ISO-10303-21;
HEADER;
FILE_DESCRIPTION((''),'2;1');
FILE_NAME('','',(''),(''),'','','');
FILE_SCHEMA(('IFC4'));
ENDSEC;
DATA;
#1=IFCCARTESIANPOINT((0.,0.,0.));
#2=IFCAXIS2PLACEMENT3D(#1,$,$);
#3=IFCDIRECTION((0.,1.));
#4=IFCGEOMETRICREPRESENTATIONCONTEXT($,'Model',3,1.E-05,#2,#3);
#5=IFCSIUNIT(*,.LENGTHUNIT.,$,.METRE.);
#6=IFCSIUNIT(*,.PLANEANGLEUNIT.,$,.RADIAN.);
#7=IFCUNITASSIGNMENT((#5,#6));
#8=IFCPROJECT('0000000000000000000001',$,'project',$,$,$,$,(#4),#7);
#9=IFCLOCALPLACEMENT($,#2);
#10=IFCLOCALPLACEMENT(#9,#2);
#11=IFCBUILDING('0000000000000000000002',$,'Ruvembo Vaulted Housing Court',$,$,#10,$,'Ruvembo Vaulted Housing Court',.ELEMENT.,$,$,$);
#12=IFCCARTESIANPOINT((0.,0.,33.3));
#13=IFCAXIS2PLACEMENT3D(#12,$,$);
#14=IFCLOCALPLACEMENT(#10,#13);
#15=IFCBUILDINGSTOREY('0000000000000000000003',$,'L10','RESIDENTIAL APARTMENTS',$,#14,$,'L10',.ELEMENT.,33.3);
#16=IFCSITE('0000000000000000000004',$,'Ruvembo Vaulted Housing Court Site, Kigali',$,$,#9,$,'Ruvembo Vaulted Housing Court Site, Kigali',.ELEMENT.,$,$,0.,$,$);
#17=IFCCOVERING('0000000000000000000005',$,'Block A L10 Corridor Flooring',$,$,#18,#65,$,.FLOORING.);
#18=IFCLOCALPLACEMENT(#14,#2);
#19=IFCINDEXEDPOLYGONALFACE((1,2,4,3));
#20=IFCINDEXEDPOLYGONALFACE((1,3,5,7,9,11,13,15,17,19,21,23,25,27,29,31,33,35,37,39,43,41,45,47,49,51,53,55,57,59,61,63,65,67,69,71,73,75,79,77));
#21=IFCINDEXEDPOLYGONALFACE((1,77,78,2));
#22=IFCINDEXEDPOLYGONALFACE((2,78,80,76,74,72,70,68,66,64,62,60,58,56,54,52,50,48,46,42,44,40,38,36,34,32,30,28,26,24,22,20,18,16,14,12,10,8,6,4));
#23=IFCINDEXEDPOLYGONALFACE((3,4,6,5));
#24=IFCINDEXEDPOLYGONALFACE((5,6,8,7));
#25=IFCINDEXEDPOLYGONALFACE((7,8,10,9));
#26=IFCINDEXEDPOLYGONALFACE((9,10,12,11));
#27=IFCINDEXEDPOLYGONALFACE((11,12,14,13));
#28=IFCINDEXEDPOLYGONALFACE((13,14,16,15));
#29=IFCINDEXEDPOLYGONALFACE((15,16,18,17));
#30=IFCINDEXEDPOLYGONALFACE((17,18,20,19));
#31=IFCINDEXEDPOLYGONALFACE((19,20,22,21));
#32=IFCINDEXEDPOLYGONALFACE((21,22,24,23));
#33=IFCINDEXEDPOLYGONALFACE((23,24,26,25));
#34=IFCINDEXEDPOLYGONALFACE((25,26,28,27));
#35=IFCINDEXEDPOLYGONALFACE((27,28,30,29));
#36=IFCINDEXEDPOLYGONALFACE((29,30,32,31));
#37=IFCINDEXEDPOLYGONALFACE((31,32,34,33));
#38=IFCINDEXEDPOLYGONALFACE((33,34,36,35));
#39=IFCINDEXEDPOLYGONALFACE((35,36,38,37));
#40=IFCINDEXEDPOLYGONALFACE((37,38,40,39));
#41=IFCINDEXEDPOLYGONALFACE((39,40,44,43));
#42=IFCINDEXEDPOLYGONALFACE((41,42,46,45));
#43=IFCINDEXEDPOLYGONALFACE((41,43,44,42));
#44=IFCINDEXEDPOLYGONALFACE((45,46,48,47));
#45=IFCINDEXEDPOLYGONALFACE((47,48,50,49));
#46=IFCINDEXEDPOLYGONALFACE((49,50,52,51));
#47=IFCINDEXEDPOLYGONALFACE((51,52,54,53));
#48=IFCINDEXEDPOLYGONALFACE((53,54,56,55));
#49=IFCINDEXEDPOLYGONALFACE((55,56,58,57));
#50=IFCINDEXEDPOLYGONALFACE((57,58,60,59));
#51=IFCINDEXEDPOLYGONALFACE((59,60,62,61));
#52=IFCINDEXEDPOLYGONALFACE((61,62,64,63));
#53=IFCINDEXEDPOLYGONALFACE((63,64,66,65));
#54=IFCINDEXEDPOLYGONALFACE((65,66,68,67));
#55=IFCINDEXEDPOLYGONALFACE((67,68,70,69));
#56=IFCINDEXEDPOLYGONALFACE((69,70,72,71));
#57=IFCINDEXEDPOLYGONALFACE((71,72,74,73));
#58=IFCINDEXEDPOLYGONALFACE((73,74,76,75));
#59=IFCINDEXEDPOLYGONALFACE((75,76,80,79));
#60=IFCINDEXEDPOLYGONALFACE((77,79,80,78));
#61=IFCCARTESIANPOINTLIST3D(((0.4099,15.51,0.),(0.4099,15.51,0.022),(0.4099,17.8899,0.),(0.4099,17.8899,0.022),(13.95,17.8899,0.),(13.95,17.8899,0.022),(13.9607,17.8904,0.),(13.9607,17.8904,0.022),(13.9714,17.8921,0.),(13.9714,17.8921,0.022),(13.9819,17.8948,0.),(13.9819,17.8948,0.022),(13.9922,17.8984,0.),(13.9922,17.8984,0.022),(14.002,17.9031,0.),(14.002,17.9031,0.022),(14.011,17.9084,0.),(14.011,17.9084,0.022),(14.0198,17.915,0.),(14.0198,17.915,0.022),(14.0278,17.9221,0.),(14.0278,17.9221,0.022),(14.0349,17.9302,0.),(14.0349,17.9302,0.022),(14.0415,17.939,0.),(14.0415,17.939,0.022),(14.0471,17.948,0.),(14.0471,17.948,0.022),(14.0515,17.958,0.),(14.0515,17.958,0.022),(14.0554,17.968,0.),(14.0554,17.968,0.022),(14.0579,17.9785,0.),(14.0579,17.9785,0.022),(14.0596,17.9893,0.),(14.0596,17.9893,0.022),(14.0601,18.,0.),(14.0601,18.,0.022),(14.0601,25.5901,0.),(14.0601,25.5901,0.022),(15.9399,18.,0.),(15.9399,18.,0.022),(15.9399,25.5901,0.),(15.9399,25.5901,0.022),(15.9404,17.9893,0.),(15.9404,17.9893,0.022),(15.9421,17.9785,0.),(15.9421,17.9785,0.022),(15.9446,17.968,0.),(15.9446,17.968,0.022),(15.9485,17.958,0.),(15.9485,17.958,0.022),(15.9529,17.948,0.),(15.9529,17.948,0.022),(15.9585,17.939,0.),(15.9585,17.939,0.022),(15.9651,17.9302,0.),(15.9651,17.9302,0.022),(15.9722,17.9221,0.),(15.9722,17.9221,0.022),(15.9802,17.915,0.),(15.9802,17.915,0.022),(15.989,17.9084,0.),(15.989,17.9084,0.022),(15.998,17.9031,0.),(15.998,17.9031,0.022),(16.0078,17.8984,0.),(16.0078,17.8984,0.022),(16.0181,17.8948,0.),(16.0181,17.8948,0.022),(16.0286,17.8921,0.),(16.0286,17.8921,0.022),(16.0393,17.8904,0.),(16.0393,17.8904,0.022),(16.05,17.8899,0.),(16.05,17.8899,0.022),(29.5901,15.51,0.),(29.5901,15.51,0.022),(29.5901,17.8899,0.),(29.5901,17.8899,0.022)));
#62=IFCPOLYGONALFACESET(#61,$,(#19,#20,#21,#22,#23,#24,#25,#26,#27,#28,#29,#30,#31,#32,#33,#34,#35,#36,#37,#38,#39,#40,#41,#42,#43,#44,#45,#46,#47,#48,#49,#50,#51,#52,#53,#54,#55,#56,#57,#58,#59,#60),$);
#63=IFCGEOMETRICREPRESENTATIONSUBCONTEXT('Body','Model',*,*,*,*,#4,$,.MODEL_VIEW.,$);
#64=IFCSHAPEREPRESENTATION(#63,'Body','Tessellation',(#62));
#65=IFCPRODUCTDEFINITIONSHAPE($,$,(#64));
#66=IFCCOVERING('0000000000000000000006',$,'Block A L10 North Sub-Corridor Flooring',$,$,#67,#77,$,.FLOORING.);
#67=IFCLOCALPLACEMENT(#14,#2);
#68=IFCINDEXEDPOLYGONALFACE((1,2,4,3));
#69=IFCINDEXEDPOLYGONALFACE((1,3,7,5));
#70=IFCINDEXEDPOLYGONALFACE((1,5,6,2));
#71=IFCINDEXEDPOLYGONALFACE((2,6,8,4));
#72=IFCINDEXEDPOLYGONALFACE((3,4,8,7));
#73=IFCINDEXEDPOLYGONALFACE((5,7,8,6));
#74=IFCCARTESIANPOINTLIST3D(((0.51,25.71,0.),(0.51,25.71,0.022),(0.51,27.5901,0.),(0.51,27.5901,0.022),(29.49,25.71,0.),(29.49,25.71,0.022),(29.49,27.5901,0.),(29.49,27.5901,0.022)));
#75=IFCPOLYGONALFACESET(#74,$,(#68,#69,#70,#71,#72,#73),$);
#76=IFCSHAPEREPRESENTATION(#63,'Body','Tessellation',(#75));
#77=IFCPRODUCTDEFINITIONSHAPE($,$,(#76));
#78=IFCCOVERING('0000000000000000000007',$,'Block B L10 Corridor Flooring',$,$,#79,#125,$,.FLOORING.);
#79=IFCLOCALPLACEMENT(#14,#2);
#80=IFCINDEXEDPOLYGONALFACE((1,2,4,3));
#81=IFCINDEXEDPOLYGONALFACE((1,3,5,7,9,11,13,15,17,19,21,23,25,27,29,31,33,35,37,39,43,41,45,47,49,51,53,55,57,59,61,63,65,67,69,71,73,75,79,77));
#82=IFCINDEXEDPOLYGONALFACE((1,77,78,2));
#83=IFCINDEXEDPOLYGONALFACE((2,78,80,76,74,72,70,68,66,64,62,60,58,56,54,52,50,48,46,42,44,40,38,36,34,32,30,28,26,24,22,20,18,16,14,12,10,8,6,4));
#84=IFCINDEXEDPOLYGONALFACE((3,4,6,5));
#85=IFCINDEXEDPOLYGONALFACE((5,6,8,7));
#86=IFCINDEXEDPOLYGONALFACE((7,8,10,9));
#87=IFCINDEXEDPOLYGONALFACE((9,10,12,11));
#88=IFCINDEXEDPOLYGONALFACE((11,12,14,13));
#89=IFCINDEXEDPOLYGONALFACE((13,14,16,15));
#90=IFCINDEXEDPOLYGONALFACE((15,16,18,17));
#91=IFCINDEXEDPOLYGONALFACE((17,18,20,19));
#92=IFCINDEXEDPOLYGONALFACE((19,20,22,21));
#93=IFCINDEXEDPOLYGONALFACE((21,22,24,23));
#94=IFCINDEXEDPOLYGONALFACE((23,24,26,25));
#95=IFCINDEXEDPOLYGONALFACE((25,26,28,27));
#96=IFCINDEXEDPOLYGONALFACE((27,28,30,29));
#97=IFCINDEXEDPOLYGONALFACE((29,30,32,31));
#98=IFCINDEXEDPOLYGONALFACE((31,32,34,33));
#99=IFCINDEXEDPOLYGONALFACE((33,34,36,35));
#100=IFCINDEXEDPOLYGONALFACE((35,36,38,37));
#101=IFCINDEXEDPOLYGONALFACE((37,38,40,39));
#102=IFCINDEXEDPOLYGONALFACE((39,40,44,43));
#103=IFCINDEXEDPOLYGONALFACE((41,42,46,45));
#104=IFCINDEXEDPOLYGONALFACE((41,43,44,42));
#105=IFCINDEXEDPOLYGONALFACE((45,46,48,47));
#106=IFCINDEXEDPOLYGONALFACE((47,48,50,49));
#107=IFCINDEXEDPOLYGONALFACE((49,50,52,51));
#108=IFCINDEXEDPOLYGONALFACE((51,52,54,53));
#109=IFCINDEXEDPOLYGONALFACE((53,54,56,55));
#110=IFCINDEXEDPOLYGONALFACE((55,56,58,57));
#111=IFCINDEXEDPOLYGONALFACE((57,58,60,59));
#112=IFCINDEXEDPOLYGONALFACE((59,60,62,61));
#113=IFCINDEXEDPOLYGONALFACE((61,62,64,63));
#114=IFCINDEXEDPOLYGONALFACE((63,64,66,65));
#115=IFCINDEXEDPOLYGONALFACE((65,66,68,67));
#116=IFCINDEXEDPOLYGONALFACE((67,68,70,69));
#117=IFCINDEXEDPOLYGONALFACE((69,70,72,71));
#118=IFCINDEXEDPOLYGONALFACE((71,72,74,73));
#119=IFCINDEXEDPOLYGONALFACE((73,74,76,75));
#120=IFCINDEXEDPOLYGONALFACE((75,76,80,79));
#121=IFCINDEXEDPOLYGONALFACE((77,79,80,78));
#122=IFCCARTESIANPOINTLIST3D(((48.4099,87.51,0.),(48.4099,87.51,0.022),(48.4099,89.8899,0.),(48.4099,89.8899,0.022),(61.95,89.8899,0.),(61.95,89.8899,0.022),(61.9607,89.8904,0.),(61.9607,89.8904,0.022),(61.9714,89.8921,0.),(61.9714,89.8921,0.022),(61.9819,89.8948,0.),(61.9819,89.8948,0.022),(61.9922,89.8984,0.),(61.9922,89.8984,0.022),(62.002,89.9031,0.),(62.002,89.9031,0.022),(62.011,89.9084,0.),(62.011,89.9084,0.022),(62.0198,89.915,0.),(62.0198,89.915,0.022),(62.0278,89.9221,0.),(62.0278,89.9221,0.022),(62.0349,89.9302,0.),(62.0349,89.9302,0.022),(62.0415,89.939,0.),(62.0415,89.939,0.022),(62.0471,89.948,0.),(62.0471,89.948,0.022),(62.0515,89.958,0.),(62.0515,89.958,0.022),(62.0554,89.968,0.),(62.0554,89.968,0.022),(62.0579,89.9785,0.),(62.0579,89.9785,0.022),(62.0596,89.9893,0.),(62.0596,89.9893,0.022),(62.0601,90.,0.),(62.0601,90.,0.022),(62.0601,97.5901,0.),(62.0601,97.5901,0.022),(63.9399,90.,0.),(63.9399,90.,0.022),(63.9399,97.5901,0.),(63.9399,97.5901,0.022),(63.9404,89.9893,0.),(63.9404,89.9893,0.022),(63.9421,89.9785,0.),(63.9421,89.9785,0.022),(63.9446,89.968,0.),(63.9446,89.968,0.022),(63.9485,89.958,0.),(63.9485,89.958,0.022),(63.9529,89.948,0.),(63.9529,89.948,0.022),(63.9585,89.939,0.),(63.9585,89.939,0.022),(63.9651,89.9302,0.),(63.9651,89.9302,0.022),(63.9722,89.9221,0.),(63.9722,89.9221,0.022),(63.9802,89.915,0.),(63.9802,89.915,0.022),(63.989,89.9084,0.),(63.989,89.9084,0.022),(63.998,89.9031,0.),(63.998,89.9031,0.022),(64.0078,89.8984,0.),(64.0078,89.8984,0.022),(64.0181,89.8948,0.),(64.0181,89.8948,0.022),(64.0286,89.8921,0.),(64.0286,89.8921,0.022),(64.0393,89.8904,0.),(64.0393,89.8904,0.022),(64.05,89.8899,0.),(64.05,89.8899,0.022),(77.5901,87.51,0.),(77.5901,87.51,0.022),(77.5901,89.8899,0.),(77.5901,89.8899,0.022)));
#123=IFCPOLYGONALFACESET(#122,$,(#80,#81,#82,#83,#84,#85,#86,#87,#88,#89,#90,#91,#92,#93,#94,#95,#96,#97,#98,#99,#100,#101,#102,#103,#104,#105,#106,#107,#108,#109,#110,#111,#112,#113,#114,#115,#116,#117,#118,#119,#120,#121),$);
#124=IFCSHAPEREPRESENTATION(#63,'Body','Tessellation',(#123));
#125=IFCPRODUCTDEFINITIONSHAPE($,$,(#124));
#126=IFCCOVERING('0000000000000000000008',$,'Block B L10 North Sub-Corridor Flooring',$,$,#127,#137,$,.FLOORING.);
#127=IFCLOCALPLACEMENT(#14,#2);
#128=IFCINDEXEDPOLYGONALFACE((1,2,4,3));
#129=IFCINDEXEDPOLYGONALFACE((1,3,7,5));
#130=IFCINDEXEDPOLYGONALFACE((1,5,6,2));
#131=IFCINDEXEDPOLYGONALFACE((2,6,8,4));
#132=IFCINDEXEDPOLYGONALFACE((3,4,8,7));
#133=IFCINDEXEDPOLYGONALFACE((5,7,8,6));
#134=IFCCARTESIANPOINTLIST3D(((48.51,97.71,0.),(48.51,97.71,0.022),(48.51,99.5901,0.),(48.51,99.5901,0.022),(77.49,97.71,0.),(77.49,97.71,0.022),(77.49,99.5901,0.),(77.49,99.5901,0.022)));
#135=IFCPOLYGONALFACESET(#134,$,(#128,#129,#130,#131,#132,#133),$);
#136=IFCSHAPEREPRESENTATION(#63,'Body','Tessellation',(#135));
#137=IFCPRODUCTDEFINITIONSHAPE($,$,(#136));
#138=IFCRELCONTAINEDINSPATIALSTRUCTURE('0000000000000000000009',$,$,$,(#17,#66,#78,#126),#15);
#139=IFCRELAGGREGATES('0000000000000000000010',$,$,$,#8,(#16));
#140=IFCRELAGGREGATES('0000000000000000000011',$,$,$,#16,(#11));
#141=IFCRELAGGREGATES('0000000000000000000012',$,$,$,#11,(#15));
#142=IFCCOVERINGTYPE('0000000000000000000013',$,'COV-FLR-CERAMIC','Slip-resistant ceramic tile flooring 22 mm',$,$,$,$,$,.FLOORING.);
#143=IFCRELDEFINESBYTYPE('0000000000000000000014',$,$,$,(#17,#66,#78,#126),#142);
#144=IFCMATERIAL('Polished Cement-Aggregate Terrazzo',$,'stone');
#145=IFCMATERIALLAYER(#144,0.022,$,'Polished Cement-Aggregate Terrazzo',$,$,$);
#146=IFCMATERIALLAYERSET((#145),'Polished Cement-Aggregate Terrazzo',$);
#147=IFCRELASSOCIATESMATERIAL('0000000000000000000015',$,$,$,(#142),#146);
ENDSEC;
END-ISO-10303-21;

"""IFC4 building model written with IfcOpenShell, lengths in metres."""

from ifc_helpers import new_model, si_unit, direction, frame, origin, place, context, subcontext, project, spatial, polyline, outline, extrude, material, layer, layer_set, type_object, element, save


model = new_model("IFC4")

# Units and contexts
model_context = context("Model", 3, precision=1e-05, world=origin(), true_north=direction((0.0, 1.0)))
body_context = subcontext(model_context, "Body", "Model", "MODEL_VIEW")
ifc_project = project(units=[si_unit("LENGTHUNIT", "METRE"), si_unit("PLANEANGLEUNIT", "RADIAN")], contexts=[model_context])

# Site, building, storey
site_placement = place(None, origin())
site = spatial("IfcSite", under=ifc_project, at=site_placement, Name="Ruvembo Vaulted Housing Court Site, Kigali", LongName="Ruvembo Vaulted Housing Court Site, Kigali", CompositionType="ELEMENT", RefElevation=0.0)
building_placement = place(site_placement, origin())
building = spatial("IfcBuilding", under=site, at=building_placement, Name="Ruvembo Vaulted Housing Court", LongName="Ruvembo Vaulted Housing Court", CompositionType="ELEMENT")
storey_placement = place(building_placement, frame((0.0, 0.0, 33.3)))
storey = spatial("IfcBuildingStorey", under=building, at=storey_placement, Name="L10", Description="RESIDENTIAL APARTMENTS", LongName="L10", CompositionType="ELEMENT", Elevation=33.3)

# Coverings
ifc_material_1 = material(Name="Polished Cement-Aggregate Terrazzo", Category="stone")
ifc_layer_1 = layer(ifc_material_1, 0.022, Name="Polished Cement-Aggregate Terrazzo")
ifc_layer_set_1 = layer_set([ifc_layer_1], Name="Polished Cement-Aggregate Terrazzo")
covering_type_1 = type_object("IfcCoveringType", Name="COV-FLR-CERAMIC", Description="Slip-resistant ceramic tile flooring 22 mm", PredefinedType="FLOORING", material=ifc_layer_set_1)
covering_1_placement = place(storey_placement, origin())
element("IfcCovering", 1, at=covering_1_placement, inside=storey, type_object=covering_type_1, Name="Block A L10 Corridor Flooring", PredefinedType="FLOORING", context=body_context, shape_type="SweptSolid", body=[
    extrude(outline(polyline([(29.5901, 15.51), (29.5901, 17.8899), (16.05, 17.8899), (16.0393, 17.8904), (16.0286, 17.8921), (16.0181, 17.8948), (16.0078, 17.8984), (15.998, 17.9031), (15.989, 17.9084), (15.9802, 17.915), (15.9722, 17.9221), (15.9651, 17.9302), (15.9585, 17.939), (15.9529, 17.948), (15.9485, 17.958), (15.9446, 17.968), (15.9421, 17.9785), (15.9404, 17.9893), (15.9399, 18.0), (15.9399, 25.5901), (14.0601, 25.5901), (14.0601, 18.0), (14.0596, 17.9893), (14.0579, 17.9785), (14.0554, 17.968), (14.0515, 17.958), (14.0471, 17.948), (14.0415, 17.939), (14.0349, 17.9302), (14.0278, 17.9221), (14.0198, 17.915), (14.011, 17.9084), (14.002, 17.9031), (13.9922, 17.8984), (13.9819, 17.8948), (13.9714, 17.8921), (13.9607, 17.8904), (13.95, 17.8899), (0.4099, 17.8899), (0.4099, 15.51), (29.5901, 15.51)])), origin(), (0.0, 0.0, 1.0), 0.022),
])
covering_2_placement = place(storey_placement, origin())
element("IfcCovering", 2, at=covering_2_placement, inside=storey, type_object=covering_type_1, Name="Block A L10 North Sub-Corridor Flooring", PredefinedType="FLOORING", context=body_context, shape_type="SweptSolid", body=[
    extrude(outline(polyline([(0.51, 25.71), (29.49, 25.71), (29.49, 27.5901), (0.51, 27.5901), (0.51, 25.71)])), origin(), (0.0, 0.0, 1.0), 0.022),
])
covering_3_placement = place(storey_placement, origin())
element("IfcCovering", 3, at=covering_3_placement, inside=storey, type_object=covering_type_1, Name="Block B L10 Corridor Flooring", PredefinedType="FLOORING", context=body_context, shape_type="SweptSolid", body=[
    extrude(outline(polyline([(77.5901, 87.51), (77.5901, 89.8899), (64.05, 89.8899), (64.0393, 89.8904), (64.0286, 89.8921), (64.0181, 89.8948), (64.0078, 89.8984), (63.998, 89.9031), (63.989, 89.9084), (63.9802, 89.915), (63.9722, 89.9221), (63.9651, 89.9302), (63.9585, 89.939), (63.9529, 89.948), (63.9485, 89.958), (63.9446, 89.968), (63.9421, 89.9785), (63.9404, 89.9893), (63.9399, 90.0), (63.9399, 97.5901), (62.0601, 97.5901), (62.0601, 90.0), (62.0596, 89.9893), (62.0579, 89.9785), (62.0554, 89.968), (62.0515, 89.958), (62.0471, 89.948), (62.0415, 89.939), (62.0349, 89.9302), (62.0278, 89.9221), (62.0198, 89.915), (62.011, 89.9084), (62.002, 89.9031), (61.9922, 89.8984), (61.9819, 89.8948), (61.9714, 89.8921), (61.9607, 89.8904), (61.95, 89.8899), (48.4099, 89.8899), (48.4099, 87.51), (77.5901, 87.51)])), origin(), (0.0, 0.0, 1.0), 0.022),
])
covering_4_placement = place(storey_placement, origin())
element("IfcCovering", 4, at=covering_4_placement, inside=storey, type_object=covering_type_1, Name="Block B L10 North Sub-Corridor Flooring", PredefinedType="FLOORING", context=body_context, shape_type="SweptSolid", body=[
    extrude(outline(polyline([(48.51, 97.71), (77.49, 97.71), (77.49, 99.5901), (48.51, 99.5901), (48.51, 97.71)])), origin(), (0.0, 0.0, 1.0), 0.022),
])

save(model, "model.ifc")
